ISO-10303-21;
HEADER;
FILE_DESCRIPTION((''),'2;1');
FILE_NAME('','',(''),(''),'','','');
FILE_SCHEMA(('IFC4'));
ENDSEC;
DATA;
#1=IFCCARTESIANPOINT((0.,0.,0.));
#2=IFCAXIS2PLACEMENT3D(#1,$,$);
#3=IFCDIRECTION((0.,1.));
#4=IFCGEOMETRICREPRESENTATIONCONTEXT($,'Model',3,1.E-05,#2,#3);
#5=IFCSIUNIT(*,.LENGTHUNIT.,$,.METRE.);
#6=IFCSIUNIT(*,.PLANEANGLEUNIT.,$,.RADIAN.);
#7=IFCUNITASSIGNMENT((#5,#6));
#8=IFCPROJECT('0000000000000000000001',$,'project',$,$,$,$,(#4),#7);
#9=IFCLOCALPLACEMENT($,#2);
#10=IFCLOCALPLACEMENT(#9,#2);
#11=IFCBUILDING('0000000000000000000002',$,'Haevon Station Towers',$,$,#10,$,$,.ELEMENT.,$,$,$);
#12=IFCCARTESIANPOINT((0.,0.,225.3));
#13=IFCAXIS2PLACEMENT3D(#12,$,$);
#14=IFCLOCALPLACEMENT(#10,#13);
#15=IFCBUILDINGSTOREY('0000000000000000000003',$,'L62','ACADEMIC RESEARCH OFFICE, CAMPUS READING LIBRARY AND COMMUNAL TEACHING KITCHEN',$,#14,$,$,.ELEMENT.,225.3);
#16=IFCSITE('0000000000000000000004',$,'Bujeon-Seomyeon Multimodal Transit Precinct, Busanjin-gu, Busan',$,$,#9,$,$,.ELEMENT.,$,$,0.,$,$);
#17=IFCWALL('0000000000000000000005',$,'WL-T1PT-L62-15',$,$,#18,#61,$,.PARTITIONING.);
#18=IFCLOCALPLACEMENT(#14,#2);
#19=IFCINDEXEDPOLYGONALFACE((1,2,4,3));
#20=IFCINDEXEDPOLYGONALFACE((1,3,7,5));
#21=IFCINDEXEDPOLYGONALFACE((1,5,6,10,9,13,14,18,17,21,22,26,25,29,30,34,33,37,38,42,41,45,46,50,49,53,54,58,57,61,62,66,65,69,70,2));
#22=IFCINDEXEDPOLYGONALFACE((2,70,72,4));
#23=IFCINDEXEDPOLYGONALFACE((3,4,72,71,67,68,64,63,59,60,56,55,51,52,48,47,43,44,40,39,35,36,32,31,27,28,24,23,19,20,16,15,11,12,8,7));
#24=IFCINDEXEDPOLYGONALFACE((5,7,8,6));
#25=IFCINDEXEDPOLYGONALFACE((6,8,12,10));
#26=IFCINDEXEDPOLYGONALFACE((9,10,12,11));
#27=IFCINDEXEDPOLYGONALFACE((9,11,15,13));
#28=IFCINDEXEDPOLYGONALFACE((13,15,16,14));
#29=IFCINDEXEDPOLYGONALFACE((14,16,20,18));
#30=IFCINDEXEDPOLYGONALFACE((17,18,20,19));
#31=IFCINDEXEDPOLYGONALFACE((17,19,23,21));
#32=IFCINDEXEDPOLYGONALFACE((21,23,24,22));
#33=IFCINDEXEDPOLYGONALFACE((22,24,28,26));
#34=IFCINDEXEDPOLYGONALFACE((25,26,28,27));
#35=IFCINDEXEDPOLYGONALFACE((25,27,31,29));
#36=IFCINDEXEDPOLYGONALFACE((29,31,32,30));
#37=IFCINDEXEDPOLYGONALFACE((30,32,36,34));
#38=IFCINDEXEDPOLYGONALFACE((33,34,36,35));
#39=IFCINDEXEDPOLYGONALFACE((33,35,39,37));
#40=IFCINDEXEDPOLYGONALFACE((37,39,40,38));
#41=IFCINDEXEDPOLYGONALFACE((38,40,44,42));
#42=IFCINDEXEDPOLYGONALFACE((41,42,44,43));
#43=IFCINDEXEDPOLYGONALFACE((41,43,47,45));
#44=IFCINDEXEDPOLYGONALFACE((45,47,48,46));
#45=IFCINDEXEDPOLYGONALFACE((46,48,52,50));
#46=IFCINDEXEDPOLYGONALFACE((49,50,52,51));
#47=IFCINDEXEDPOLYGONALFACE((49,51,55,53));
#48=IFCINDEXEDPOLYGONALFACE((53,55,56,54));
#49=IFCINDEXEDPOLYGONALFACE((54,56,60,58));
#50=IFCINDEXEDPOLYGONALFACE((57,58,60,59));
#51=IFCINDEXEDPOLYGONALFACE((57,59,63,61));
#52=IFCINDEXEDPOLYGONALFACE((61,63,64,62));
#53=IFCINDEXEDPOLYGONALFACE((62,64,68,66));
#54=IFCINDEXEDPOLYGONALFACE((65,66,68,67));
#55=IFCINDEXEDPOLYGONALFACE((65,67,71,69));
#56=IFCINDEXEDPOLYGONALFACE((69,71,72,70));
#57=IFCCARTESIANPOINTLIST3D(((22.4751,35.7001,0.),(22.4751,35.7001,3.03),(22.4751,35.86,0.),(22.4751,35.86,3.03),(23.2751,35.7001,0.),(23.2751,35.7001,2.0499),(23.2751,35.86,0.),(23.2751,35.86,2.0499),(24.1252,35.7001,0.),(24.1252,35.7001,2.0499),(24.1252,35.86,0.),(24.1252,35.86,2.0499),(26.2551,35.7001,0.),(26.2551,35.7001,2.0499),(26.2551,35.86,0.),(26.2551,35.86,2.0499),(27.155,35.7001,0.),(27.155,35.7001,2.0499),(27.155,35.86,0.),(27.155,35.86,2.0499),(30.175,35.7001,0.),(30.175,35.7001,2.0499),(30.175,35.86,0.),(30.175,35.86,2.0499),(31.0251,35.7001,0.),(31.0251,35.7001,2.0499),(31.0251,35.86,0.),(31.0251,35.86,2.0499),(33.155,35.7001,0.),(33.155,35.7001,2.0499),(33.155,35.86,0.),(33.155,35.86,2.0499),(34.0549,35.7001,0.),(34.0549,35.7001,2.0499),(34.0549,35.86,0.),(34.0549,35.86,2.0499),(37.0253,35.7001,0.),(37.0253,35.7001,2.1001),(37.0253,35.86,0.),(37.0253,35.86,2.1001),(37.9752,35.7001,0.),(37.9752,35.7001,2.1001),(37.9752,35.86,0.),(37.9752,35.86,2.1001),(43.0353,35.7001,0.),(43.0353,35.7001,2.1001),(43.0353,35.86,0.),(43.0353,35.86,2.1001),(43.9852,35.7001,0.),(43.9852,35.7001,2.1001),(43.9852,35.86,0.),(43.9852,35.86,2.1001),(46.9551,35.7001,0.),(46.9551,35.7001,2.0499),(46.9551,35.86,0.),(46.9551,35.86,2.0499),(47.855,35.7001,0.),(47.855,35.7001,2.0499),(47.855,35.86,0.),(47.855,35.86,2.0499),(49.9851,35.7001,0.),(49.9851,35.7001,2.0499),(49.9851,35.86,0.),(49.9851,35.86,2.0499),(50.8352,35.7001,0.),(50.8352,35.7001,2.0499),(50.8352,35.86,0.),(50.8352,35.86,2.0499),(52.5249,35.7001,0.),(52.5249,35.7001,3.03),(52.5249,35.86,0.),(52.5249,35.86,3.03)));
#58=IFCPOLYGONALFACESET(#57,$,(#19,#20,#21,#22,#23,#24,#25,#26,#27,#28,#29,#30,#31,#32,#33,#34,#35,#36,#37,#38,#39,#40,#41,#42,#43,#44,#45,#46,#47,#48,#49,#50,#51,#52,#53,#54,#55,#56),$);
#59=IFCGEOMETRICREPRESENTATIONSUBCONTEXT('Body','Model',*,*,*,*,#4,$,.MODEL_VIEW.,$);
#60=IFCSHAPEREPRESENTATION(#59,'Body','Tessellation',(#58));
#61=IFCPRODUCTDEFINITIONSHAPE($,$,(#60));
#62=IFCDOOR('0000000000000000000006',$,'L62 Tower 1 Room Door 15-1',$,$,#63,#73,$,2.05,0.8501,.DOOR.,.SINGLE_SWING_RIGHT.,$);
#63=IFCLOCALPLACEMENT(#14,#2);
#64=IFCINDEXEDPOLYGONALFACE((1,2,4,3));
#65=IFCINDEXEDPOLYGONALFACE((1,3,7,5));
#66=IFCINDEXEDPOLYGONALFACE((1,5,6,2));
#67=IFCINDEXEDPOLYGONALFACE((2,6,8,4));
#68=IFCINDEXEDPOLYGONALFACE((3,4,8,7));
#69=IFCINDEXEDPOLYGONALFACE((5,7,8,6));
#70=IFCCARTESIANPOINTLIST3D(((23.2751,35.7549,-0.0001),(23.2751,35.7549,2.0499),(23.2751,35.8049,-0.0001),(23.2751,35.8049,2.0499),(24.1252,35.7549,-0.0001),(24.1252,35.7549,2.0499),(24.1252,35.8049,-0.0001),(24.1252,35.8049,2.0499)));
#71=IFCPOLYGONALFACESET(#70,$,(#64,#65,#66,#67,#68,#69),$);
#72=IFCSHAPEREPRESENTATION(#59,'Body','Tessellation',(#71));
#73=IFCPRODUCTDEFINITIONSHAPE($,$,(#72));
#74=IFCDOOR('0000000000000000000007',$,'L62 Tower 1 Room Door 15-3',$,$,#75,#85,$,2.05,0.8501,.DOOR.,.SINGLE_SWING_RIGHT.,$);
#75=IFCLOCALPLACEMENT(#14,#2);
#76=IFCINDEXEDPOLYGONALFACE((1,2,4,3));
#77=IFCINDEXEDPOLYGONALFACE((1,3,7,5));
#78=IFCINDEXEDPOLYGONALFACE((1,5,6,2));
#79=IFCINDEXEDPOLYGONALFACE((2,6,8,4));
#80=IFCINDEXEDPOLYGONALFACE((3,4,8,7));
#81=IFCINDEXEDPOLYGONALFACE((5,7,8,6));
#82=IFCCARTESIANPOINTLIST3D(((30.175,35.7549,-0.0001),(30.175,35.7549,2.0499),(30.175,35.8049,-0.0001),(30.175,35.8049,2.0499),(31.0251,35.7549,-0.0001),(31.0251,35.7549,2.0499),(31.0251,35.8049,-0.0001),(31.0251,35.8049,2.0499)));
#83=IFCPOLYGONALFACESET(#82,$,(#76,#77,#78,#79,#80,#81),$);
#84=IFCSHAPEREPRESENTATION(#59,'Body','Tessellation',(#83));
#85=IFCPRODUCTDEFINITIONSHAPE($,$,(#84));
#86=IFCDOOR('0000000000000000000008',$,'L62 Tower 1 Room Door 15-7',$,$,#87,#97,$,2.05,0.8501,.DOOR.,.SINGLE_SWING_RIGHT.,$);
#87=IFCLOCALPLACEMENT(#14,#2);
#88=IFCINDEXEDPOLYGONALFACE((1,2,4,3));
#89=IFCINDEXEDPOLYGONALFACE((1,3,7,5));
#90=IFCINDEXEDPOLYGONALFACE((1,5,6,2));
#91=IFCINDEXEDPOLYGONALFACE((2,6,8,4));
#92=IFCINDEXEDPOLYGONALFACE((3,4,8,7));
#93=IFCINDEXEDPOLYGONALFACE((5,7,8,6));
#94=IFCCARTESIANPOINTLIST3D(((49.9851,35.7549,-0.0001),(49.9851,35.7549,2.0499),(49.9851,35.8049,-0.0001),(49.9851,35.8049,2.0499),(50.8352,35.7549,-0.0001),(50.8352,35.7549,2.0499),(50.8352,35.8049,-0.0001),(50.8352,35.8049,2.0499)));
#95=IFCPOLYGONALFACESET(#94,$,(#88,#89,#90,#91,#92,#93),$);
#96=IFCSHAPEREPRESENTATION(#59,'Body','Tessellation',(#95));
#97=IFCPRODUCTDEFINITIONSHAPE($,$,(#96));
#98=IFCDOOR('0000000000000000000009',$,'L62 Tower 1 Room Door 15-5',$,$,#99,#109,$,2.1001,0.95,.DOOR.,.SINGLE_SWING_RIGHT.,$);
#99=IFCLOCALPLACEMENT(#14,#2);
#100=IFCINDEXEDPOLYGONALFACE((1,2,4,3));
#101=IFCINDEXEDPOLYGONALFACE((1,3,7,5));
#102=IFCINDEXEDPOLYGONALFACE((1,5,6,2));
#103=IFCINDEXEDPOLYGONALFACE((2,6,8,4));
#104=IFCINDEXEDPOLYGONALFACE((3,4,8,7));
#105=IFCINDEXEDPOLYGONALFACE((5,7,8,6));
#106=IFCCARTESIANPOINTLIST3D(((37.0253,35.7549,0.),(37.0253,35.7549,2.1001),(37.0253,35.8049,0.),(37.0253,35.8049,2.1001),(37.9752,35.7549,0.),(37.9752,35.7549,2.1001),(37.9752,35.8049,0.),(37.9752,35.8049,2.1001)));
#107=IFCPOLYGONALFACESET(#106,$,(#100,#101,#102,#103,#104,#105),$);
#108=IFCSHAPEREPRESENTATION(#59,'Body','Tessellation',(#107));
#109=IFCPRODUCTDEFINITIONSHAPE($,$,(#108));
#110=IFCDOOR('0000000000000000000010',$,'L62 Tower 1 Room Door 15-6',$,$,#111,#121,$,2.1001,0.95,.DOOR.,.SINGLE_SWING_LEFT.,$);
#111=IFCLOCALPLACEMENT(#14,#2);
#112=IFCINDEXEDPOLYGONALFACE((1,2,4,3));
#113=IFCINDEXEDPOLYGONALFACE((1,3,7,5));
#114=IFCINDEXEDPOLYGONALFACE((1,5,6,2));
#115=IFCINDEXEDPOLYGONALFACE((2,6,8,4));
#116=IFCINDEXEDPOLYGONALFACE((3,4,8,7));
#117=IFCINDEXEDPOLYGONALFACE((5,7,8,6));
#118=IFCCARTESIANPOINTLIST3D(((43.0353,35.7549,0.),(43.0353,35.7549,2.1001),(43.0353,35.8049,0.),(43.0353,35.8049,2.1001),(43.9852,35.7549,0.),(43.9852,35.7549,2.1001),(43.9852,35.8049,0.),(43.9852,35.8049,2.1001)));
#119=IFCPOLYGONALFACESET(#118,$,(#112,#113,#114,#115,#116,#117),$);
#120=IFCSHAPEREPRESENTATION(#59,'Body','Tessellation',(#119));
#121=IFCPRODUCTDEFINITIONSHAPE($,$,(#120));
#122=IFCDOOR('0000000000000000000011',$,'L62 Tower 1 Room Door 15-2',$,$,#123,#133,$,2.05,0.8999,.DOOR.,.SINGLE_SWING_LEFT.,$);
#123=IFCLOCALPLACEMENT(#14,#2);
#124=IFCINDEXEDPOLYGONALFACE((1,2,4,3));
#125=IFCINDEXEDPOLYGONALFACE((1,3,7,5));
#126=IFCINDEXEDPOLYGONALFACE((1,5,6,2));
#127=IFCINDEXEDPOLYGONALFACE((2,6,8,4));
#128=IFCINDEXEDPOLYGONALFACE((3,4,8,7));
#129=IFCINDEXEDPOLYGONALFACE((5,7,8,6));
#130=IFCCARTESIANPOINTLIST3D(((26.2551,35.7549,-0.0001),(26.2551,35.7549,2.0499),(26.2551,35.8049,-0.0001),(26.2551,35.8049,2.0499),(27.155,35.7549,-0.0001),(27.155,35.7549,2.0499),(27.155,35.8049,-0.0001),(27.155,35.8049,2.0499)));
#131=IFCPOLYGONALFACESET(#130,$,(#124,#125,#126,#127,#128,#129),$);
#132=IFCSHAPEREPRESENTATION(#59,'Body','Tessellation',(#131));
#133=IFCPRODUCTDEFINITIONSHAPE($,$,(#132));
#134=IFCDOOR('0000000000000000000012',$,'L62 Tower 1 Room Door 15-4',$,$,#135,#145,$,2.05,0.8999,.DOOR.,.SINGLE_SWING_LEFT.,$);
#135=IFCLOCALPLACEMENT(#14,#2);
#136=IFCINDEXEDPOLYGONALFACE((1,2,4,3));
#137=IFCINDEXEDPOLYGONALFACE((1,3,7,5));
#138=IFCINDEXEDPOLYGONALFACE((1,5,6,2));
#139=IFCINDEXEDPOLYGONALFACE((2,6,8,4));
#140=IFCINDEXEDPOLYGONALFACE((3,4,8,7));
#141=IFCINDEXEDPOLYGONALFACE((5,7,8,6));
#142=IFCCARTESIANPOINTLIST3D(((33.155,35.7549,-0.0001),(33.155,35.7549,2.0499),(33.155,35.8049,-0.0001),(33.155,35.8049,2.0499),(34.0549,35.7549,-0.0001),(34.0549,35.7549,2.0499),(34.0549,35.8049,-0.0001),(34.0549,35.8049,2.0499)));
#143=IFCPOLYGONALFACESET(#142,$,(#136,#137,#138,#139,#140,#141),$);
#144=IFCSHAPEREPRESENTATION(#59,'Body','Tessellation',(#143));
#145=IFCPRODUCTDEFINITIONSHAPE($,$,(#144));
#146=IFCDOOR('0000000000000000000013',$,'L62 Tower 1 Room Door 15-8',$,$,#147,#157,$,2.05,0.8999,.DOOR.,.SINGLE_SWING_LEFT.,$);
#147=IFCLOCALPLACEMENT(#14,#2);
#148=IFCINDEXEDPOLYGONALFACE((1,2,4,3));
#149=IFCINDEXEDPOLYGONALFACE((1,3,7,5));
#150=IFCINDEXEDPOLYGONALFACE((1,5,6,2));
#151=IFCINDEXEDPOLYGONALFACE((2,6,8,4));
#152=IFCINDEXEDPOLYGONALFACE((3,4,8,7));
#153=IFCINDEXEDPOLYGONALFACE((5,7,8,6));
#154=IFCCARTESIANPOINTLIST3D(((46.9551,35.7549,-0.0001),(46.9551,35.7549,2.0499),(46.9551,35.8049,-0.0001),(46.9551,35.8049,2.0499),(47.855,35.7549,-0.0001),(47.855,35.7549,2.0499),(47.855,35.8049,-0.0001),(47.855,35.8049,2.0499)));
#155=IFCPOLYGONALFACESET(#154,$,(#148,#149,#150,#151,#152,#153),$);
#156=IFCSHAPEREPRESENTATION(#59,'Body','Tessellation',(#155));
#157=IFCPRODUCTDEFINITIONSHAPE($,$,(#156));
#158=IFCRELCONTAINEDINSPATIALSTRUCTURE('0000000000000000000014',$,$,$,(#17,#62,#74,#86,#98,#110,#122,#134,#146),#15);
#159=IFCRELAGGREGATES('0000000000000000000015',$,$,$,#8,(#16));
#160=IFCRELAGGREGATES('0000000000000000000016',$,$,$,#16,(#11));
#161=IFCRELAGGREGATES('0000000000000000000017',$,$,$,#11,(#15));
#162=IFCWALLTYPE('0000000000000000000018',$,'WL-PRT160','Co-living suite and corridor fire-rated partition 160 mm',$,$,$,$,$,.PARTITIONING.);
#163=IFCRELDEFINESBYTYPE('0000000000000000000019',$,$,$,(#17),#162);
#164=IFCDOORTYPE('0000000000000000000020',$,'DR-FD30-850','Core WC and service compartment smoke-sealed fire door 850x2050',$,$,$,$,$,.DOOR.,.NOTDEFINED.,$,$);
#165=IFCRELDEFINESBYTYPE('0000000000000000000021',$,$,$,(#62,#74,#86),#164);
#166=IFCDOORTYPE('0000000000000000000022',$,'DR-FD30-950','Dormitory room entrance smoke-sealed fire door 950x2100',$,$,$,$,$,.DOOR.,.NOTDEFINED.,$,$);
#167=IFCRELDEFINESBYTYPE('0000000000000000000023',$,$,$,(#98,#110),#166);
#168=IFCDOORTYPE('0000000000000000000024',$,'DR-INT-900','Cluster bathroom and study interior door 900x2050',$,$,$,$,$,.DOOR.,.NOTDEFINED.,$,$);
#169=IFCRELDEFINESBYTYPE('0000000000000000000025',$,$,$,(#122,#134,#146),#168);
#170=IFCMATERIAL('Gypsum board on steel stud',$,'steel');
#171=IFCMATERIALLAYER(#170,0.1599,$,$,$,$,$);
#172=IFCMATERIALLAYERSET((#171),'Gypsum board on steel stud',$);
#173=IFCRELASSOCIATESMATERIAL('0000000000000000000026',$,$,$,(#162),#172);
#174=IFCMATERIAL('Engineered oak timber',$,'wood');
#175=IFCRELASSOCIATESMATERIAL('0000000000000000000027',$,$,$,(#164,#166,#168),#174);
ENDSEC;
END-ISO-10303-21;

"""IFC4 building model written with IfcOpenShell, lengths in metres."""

from ifc_helpers import new_model, si_unit, direction, frame, frame_2d, origin, place, context, subcontext, project, spatial, rectangle, extrude, material, layer, layer_set, type_object, element, fill, save


model = new_model("IFC4")

# Units and contexts
model_context = context("Model", 3, precision=1e-05, world=origin(), true_north=direction((0.0, 1.0)))
body_context = subcontext(model_context, "Body", "Model", "MODEL_VIEW")
ifc_project = project(units=[si_unit("LENGTHUNIT", "METRE"), si_unit("PLANEANGLEUNIT", "RADIAN")], contexts=[model_context])

# Site, building, storey
site_placement = place(None, origin())
site = spatial("IfcSite", under=ifc_project, at=site_placement, Name="Bujeon-Seomyeon Multimodal Transit Precinct, Busanjin-gu, Busan", CompositionType="ELEMENT", RefElevation=0.0)
building_placement = place(site_placement, origin())
building = spatial("IfcBuilding", under=site, at=building_placement, Name="Haevon Station Towers", CompositionType="ELEMENT")
storey_placement = place(building_placement, frame((0.0, 0.0, 225.3)))
storey = spatial("IfcBuildingStorey", under=building, at=storey_placement, Name="L62", Description="ACADEMIC RESEARCH OFFICE, CAMPUS READING LIBRARY AND COMMUNAL TEACHING KITCHEN", CompositionType="ELEMENT", Elevation=225.3)

# Shared definitions
ifc_material_1 = material(Name="Gypsum board on steel stud", Category="steel")
ifc_material_2 = material(Name="Engineered oak timber", Category="wood")

# Shared definitions
ifc_layer_1 = layer(ifc_material_1, 0.1599)
ifc_layer_set_1 = layer_set([ifc_layer_1], Name="Gypsum board on steel stud")
wall_type_1 = type_object("IfcWallType", Name="WL-PRT160", Description="Co-living suite and corridor fire-rated partition 160 mm", PredefinedType="PARTITIONING", material=ifc_layer_set_1)

# Wall, openings, doors
wall_1_placement = place(storey_placement, frame((22.4751, 35.78, 0.0), z_axis=(0.0, 0.0, 1.0), x_axis=(1.0, 0.0, 0.0)))
wall_1 = element("IfcWall", 1, at=wall_1_placement, inside=storey, type_object=wall_type_1, Name="WL-T1PT-L62-15", PredefinedType="PARTITIONING", context=body_context, shape_type="SweptSolid", body=[
    extrude(rectangle(XDim=30.0498, YDim=0.1599, at=frame_2d((15.0249, 0.0))), origin(), (0.0, 0.0, 1.0), 3.03),
])
opening_1_placement = place(wall_1_placement, frame((0.8, 0.0, 0.0)))
opening_1 = element("IfcOpeningElement", 2, at=opening_1_placement, cuts=wall_1, PredefinedType="OPENING", context=body_context, shape_type="SweptSolid", body=[
    extrude(rectangle(XDim=0.8501, YDim=2.05, at=frame_2d((0.425, 1.0249))), frame((0.0, 0.0898, 0.0), z_axis=(0.0, -1.0, 0.0), x_axis=(1.0, 0.0, 0.0)), (0.0, 0.0, 1.0), 0.1799),
])
opening_2_placement = place(wall_1_placement, frame((3.78, 0.0, 0.0)))
opening_2 = element("IfcOpeningElement", 3, at=opening_2_placement, cuts=wall_1, PredefinedType="OPENING", context=body_context, shape_type="SweptSolid", body=[
    extrude(rectangle(XDim=0.8999, YDim=2.05, at=frame_2d((0.45, 1.0249))), frame((0.0, 0.0898, 0.0), z_axis=(0.0, -1.0, 0.0), x_axis=(1.0, 0.0, 0.0)), (0.0, 0.0, 1.0), 0.1799),
])
opening_3_placement = place(wall_1_placement, frame((7.7, 0.0, 0.0)))
opening_3 = element("IfcOpeningElement", 4, at=opening_3_placement, cuts=wall_1, PredefinedType="OPENING", context=body_context, shape_type="SweptSolid", body=[
    extrude(rectangle(XDim=0.8501, YDim=2.05, at=frame_2d((0.425, 1.0249))), frame((0.0, 0.0898, 0.0), z_axis=(0.0, -1.0, 0.0), x_axis=(1.0, 0.0, 0.0)), (0.0, 0.0, 1.0), 0.1799),
])
opening_4_placement = place(wall_1_placement, frame((10.6799, 0.0, 0.0)))
opening_4 = element("IfcOpeningElement", 5, at=opening_4_placement, cuts=wall_1, PredefinedType="OPENING", context=body_context, shape_type="SweptSolid", body=[
    extrude(rectangle(XDim=0.8999, YDim=2.05, at=frame_2d((0.45, 1.0249))), frame((0.0, 0.0898, 0.0), z_axis=(0.0, -1.0, 0.0), x_axis=(1.0, 0.0, 0.0)), (0.0, 0.0, 1.0), 0.1799),
])
opening_5_placement = place(wall_1_placement, frame((14.55, 0.0, 0.0)))
opening_5 = element("IfcOpeningElement", 6, at=opening_5_placement, cuts=wall_1, PredefinedType="OPENING", context=body_context, shape_type="SweptSolid", body=[
    extrude(rectangle(XDim=0.95, YDim=2.1001, at=frame_2d((0.4751, 1.05))), frame((0.0, 0.0898, 0.0), z_axis=(0.0, -1.0, 0.0), x_axis=(1.0, 0.0, 0.0)), (0.0, 0.0, 1.0), 0.1799),
])
opening_6_placement = place(wall_1_placement, frame((20.5601, 0.0, 0.0)))
opening_6 = element("IfcOpeningElement", 7, at=opening_6_placement, cuts=wall_1, PredefinedType="OPENING", context=body_context, shape_type="SweptSolid", body=[
    extrude(rectangle(XDim=0.95, YDim=2.1001, at=frame_2d((0.4751, 1.05))), frame((0.0, 0.0898, 0.0), z_axis=(0.0, -1.0, 0.0), x_axis=(1.0, 0.0, 0.0)), (0.0, 0.0, 1.0), 0.1799),
])
opening_7_placement = place(wall_1_placement, frame((27.51, 0.0, 0.0)))
opening_7 = element("IfcOpeningElement", 8, at=opening_7_placement, cuts=wall_1, PredefinedType="OPENING", context=body_context, shape_type="SweptSolid", body=[
    extrude(rectangle(XDim=0.8501, YDim=2.05, at=frame_2d((0.425, 1.0249))), frame((0.0, 0.0898, 0.0), z_axis=(0.0, -1.0, 0.0), x_axis=(1.0, 0.0, 0.0)), (0.0, 0.0, 1.0), 0.1799),
])
opening_8_placement = place(wall_1_placement, frame((24.48, 0.0, 0.0)))
opening_8 = element("IfcOpeningElement", 9, at=opening_8_placement, cuts=wall_1, PredefinedType="OPENING", context=body_context, shape_type="SweptSolid", body=[
    extrude(rectangle(XDim=0.8999, YDim=2.05, at=frame_2d((0.45, 1.0249))), frame((0.0, 0.0898, 0.0), z_axis=(0.0, -1.0, 0.0), x_axis=(1.0, 0.0, 0.0)), (0.0, 0.0, 1.0), 0.1799),
])
door_type_1 = type_object("IfcDoorType", Name="DR-FD30-850", Description="Core WC and service compartment smoke-sealed fire door 850x2050", OperationType="NOTDEFINED", PredefinedType="DOOR", material=ifc_material_2)
door_1_placement = place(opening_1_placement, origin())
door_1 = element("IfcDoor", 10, at=door_1_placement, inside=storey, type_object=door_type_1, Name="L62 Tower 1 Room Door 15-1", OperationType="SINGLE_SWING_RIGHT", OverallHeight=2.05, OverallWidth=0.8501, PredefinedType="DOOR", context=body_context, shape_type="SweptSolid", body=[
    extrude(rectangle(XDim=0.8501, YDim=2.05, at=frame_2d((0.425, 1.0249))), frame((0.0, 0.0249, 0.0), z_axis=(0.0, -1.0, 0.0), x_axis=(1.0, 0.0, 0.0)), (0.0, 0.0, 1.0), 0.05),
])
fill(opening_1, door_1)
door_2_placement = place(opening_3_placement, origin())
door_2 = element("IfcDoor", 11, at=door_2_placement, inside=storey, type_object=door_type_1, Name="L62 Tower 1 Room Door 15-3", OperationType="SINGLE_SWING_RIGHT", OverallHeight=2.05, OverallWidth=0.8501, PredefinedType="DOOR", context=body_context, shape_type="SweptSolid", body=[
    extrude(rectangle(XDim=0.8501, YDim=2.05, at=frame_2d((0.425, 1.0249))), frame((0.0, 0.0249, 0.0), z_axis=(0.0, -1.0, 0.0), x_axis=(1.0, 0.0, 0.0)), (0.0, 0.0, 1.0), 0.05),
])
fill(opening_3, door_2)
door_3_placement = place(opening_7_placement, origin())
door_3 = element("IfcDoor", 12, at=door_3_placement, inside=storey, type_object=door_type_1, Name="L62 Tower 1 Room Door 15-7", OperationType="SINGLE_SWING_RIGHT", OverallHeight=2.05, OverallWidth=0.8501, PredefinedType="DOOR", context=body_context, shape_type="SweptSolid", body=[
    extrude(rectangle(XDim=0.8501, YDim=2.05, at=frame_2d((0.425, 1.0249))), frame((0.0, 0.0249, 0.0), z_axis=(0.0, -1.0, 0.0), x_axis=(1.0, 0.0, 0.0)), (0.0, 0.0, 1.0), 0.05),
])
fill(opening_7, door_3)
door_type_2 = type_object("IfcDoorType", Name="DR-FD30-950", Description="Dormitory room entrance smoke-sealed fire door 950x2100", OperationType="NOTDEFINED", PredefinedType="DOOR", material=ifc_material_2)
door_4_placement = place(opening_5_placement, origin())
door_4 = element("IfcDoor", 13, at=door_4_placement, inside=storey, type_object=door_type_2, Name="L62 Tower 1 Room Door 15-5", OperationType="SINGLE_SWING_RIGHT", OverallHeight=2.1001, OverallWidth=0.95, PredefinedType="DOOR", context=body_context, shape_type="SweptSolid", body=[
    extrude(rectangle(XDim=0.95, YDim=2.1001, at=frame_2d((0.4751, 1.05))), frame((0.0, 0.0249, 0.0), z_axis=(0.0, -1.0, 0.0), x_axis=(1.0, 0.0, 0.0)), (0.0, 0.0, 1.0), 0.05),
])
fill(opening_5, door_4)
door_5_placement = place(opening_6_placement, origin())
door_5 = element("IfcDoor", 14, at=door_5_placement, inside=storey, type_object=door_type_2, Name="L62 Tower 1 Room Door 15-6", OperationType="SINGLE_SWING_LEFT", OverallHeight=2.1001, OverallWidth=0.95, PredefinedType="DOOR", context=body_context, shape_type="SweptSolid", body=[
    extrude(rectangle(XDim=0.95, YDim=2.1001, at=frame_2d((0.4751, 1.05))), frame((0.0, 0.0249, 0.0), z_axis=(0.0, -1.0, 0.0), x_axis=(1.0, 0.0, 0.0)), (0.0, 0.0, 1.0), 0.05),
])
fill(opening_6, door_5)
door_type_3 = type_object("IfcDoorType", Name="DR-INT-900", Description="Cluster bathroom and study interior door 900x2050", OperationType="NOTDEFINED", PredefinedType="DOOR", material=ifc_material_2)
door_6_placement = place(opening_2_placement, origin())
door_6 = element("IfcDoor", 15, at=door_6_placement, inside=storey, type_object=door_type_3, Name="L62 Tower 1 Room Door 15-2", OperationType="SINGLE_SWING_LEFT", OverallHeight=2.05, OverallWidth=0.8999, PredefinedType="DOOR", context=body_context, shape_type="SweptSolid", body=[
    extrude(rectangle(XDim=0.8999, YDim=2.05, at=frame_2d((0.45, 1.0249))), frame((0.0, 0.0249, 0.0), z_axis=(0.0, -1.0, 0.0), x_axis=(1.0, 0.0, 0.0)), (0.0, 0.0, 1.0), 0.05),
])
fill(opening_2, door_6)
door_7_placement = place(opening_4_placement, origin())
door_7 = element("IfcDoor", 16, at=door_7_placement, inside=storey, type_object=door_type_3, Name="L62 Tower 1 Room Door 15-4", OperationType="SINGLE_SWING_LEFT", OverallHeight=2.05, OverallWidth=0.8999, PredefinedType="DOOR", context=body_context, shape_type="SweptSolid", body=[
    extrude(rectangle(XDim=0.8999, YDim=2.05, at=frame_2d((0.45, 1.0249))), frame((0.0, 0.0249, 0.0), z_axis=(0.0, -1.0, 0.0), x_axis=(1.0, 0.0, 0.0)), (0.0, 0.0, 1.0), 0.05),
])
fill(opening_4, door_7)
door_8_placement = place(opening_8_placement, origin())
door_8 = element("IfcDoor", 17, at=door_8_placement, inside=storey, type_object=door_type_3, Name="L62 Tower 1 Room Door 15-8", OperationType="SINGLE_SWING_LEFT", OverallHeight=2.05, OverallWidth=0.8999, PredefinedType="DOOR", context=body_context, shape_type="SweptSolid", body=[
    extrude(rectangle(XDim=0.8999, YDim=2.05, at=frame_2d((0.45, 1.0249))), frame((0.0, 0.0249, 0.0), z_axis=(0.0, -1.0, 0.0), x_axis=(1.0, 0.0, 0.0)), (0.0, 0.0, 1.0), 0.05),
])
fill(opening_8, door_8)

save(model, "model.ifc")
